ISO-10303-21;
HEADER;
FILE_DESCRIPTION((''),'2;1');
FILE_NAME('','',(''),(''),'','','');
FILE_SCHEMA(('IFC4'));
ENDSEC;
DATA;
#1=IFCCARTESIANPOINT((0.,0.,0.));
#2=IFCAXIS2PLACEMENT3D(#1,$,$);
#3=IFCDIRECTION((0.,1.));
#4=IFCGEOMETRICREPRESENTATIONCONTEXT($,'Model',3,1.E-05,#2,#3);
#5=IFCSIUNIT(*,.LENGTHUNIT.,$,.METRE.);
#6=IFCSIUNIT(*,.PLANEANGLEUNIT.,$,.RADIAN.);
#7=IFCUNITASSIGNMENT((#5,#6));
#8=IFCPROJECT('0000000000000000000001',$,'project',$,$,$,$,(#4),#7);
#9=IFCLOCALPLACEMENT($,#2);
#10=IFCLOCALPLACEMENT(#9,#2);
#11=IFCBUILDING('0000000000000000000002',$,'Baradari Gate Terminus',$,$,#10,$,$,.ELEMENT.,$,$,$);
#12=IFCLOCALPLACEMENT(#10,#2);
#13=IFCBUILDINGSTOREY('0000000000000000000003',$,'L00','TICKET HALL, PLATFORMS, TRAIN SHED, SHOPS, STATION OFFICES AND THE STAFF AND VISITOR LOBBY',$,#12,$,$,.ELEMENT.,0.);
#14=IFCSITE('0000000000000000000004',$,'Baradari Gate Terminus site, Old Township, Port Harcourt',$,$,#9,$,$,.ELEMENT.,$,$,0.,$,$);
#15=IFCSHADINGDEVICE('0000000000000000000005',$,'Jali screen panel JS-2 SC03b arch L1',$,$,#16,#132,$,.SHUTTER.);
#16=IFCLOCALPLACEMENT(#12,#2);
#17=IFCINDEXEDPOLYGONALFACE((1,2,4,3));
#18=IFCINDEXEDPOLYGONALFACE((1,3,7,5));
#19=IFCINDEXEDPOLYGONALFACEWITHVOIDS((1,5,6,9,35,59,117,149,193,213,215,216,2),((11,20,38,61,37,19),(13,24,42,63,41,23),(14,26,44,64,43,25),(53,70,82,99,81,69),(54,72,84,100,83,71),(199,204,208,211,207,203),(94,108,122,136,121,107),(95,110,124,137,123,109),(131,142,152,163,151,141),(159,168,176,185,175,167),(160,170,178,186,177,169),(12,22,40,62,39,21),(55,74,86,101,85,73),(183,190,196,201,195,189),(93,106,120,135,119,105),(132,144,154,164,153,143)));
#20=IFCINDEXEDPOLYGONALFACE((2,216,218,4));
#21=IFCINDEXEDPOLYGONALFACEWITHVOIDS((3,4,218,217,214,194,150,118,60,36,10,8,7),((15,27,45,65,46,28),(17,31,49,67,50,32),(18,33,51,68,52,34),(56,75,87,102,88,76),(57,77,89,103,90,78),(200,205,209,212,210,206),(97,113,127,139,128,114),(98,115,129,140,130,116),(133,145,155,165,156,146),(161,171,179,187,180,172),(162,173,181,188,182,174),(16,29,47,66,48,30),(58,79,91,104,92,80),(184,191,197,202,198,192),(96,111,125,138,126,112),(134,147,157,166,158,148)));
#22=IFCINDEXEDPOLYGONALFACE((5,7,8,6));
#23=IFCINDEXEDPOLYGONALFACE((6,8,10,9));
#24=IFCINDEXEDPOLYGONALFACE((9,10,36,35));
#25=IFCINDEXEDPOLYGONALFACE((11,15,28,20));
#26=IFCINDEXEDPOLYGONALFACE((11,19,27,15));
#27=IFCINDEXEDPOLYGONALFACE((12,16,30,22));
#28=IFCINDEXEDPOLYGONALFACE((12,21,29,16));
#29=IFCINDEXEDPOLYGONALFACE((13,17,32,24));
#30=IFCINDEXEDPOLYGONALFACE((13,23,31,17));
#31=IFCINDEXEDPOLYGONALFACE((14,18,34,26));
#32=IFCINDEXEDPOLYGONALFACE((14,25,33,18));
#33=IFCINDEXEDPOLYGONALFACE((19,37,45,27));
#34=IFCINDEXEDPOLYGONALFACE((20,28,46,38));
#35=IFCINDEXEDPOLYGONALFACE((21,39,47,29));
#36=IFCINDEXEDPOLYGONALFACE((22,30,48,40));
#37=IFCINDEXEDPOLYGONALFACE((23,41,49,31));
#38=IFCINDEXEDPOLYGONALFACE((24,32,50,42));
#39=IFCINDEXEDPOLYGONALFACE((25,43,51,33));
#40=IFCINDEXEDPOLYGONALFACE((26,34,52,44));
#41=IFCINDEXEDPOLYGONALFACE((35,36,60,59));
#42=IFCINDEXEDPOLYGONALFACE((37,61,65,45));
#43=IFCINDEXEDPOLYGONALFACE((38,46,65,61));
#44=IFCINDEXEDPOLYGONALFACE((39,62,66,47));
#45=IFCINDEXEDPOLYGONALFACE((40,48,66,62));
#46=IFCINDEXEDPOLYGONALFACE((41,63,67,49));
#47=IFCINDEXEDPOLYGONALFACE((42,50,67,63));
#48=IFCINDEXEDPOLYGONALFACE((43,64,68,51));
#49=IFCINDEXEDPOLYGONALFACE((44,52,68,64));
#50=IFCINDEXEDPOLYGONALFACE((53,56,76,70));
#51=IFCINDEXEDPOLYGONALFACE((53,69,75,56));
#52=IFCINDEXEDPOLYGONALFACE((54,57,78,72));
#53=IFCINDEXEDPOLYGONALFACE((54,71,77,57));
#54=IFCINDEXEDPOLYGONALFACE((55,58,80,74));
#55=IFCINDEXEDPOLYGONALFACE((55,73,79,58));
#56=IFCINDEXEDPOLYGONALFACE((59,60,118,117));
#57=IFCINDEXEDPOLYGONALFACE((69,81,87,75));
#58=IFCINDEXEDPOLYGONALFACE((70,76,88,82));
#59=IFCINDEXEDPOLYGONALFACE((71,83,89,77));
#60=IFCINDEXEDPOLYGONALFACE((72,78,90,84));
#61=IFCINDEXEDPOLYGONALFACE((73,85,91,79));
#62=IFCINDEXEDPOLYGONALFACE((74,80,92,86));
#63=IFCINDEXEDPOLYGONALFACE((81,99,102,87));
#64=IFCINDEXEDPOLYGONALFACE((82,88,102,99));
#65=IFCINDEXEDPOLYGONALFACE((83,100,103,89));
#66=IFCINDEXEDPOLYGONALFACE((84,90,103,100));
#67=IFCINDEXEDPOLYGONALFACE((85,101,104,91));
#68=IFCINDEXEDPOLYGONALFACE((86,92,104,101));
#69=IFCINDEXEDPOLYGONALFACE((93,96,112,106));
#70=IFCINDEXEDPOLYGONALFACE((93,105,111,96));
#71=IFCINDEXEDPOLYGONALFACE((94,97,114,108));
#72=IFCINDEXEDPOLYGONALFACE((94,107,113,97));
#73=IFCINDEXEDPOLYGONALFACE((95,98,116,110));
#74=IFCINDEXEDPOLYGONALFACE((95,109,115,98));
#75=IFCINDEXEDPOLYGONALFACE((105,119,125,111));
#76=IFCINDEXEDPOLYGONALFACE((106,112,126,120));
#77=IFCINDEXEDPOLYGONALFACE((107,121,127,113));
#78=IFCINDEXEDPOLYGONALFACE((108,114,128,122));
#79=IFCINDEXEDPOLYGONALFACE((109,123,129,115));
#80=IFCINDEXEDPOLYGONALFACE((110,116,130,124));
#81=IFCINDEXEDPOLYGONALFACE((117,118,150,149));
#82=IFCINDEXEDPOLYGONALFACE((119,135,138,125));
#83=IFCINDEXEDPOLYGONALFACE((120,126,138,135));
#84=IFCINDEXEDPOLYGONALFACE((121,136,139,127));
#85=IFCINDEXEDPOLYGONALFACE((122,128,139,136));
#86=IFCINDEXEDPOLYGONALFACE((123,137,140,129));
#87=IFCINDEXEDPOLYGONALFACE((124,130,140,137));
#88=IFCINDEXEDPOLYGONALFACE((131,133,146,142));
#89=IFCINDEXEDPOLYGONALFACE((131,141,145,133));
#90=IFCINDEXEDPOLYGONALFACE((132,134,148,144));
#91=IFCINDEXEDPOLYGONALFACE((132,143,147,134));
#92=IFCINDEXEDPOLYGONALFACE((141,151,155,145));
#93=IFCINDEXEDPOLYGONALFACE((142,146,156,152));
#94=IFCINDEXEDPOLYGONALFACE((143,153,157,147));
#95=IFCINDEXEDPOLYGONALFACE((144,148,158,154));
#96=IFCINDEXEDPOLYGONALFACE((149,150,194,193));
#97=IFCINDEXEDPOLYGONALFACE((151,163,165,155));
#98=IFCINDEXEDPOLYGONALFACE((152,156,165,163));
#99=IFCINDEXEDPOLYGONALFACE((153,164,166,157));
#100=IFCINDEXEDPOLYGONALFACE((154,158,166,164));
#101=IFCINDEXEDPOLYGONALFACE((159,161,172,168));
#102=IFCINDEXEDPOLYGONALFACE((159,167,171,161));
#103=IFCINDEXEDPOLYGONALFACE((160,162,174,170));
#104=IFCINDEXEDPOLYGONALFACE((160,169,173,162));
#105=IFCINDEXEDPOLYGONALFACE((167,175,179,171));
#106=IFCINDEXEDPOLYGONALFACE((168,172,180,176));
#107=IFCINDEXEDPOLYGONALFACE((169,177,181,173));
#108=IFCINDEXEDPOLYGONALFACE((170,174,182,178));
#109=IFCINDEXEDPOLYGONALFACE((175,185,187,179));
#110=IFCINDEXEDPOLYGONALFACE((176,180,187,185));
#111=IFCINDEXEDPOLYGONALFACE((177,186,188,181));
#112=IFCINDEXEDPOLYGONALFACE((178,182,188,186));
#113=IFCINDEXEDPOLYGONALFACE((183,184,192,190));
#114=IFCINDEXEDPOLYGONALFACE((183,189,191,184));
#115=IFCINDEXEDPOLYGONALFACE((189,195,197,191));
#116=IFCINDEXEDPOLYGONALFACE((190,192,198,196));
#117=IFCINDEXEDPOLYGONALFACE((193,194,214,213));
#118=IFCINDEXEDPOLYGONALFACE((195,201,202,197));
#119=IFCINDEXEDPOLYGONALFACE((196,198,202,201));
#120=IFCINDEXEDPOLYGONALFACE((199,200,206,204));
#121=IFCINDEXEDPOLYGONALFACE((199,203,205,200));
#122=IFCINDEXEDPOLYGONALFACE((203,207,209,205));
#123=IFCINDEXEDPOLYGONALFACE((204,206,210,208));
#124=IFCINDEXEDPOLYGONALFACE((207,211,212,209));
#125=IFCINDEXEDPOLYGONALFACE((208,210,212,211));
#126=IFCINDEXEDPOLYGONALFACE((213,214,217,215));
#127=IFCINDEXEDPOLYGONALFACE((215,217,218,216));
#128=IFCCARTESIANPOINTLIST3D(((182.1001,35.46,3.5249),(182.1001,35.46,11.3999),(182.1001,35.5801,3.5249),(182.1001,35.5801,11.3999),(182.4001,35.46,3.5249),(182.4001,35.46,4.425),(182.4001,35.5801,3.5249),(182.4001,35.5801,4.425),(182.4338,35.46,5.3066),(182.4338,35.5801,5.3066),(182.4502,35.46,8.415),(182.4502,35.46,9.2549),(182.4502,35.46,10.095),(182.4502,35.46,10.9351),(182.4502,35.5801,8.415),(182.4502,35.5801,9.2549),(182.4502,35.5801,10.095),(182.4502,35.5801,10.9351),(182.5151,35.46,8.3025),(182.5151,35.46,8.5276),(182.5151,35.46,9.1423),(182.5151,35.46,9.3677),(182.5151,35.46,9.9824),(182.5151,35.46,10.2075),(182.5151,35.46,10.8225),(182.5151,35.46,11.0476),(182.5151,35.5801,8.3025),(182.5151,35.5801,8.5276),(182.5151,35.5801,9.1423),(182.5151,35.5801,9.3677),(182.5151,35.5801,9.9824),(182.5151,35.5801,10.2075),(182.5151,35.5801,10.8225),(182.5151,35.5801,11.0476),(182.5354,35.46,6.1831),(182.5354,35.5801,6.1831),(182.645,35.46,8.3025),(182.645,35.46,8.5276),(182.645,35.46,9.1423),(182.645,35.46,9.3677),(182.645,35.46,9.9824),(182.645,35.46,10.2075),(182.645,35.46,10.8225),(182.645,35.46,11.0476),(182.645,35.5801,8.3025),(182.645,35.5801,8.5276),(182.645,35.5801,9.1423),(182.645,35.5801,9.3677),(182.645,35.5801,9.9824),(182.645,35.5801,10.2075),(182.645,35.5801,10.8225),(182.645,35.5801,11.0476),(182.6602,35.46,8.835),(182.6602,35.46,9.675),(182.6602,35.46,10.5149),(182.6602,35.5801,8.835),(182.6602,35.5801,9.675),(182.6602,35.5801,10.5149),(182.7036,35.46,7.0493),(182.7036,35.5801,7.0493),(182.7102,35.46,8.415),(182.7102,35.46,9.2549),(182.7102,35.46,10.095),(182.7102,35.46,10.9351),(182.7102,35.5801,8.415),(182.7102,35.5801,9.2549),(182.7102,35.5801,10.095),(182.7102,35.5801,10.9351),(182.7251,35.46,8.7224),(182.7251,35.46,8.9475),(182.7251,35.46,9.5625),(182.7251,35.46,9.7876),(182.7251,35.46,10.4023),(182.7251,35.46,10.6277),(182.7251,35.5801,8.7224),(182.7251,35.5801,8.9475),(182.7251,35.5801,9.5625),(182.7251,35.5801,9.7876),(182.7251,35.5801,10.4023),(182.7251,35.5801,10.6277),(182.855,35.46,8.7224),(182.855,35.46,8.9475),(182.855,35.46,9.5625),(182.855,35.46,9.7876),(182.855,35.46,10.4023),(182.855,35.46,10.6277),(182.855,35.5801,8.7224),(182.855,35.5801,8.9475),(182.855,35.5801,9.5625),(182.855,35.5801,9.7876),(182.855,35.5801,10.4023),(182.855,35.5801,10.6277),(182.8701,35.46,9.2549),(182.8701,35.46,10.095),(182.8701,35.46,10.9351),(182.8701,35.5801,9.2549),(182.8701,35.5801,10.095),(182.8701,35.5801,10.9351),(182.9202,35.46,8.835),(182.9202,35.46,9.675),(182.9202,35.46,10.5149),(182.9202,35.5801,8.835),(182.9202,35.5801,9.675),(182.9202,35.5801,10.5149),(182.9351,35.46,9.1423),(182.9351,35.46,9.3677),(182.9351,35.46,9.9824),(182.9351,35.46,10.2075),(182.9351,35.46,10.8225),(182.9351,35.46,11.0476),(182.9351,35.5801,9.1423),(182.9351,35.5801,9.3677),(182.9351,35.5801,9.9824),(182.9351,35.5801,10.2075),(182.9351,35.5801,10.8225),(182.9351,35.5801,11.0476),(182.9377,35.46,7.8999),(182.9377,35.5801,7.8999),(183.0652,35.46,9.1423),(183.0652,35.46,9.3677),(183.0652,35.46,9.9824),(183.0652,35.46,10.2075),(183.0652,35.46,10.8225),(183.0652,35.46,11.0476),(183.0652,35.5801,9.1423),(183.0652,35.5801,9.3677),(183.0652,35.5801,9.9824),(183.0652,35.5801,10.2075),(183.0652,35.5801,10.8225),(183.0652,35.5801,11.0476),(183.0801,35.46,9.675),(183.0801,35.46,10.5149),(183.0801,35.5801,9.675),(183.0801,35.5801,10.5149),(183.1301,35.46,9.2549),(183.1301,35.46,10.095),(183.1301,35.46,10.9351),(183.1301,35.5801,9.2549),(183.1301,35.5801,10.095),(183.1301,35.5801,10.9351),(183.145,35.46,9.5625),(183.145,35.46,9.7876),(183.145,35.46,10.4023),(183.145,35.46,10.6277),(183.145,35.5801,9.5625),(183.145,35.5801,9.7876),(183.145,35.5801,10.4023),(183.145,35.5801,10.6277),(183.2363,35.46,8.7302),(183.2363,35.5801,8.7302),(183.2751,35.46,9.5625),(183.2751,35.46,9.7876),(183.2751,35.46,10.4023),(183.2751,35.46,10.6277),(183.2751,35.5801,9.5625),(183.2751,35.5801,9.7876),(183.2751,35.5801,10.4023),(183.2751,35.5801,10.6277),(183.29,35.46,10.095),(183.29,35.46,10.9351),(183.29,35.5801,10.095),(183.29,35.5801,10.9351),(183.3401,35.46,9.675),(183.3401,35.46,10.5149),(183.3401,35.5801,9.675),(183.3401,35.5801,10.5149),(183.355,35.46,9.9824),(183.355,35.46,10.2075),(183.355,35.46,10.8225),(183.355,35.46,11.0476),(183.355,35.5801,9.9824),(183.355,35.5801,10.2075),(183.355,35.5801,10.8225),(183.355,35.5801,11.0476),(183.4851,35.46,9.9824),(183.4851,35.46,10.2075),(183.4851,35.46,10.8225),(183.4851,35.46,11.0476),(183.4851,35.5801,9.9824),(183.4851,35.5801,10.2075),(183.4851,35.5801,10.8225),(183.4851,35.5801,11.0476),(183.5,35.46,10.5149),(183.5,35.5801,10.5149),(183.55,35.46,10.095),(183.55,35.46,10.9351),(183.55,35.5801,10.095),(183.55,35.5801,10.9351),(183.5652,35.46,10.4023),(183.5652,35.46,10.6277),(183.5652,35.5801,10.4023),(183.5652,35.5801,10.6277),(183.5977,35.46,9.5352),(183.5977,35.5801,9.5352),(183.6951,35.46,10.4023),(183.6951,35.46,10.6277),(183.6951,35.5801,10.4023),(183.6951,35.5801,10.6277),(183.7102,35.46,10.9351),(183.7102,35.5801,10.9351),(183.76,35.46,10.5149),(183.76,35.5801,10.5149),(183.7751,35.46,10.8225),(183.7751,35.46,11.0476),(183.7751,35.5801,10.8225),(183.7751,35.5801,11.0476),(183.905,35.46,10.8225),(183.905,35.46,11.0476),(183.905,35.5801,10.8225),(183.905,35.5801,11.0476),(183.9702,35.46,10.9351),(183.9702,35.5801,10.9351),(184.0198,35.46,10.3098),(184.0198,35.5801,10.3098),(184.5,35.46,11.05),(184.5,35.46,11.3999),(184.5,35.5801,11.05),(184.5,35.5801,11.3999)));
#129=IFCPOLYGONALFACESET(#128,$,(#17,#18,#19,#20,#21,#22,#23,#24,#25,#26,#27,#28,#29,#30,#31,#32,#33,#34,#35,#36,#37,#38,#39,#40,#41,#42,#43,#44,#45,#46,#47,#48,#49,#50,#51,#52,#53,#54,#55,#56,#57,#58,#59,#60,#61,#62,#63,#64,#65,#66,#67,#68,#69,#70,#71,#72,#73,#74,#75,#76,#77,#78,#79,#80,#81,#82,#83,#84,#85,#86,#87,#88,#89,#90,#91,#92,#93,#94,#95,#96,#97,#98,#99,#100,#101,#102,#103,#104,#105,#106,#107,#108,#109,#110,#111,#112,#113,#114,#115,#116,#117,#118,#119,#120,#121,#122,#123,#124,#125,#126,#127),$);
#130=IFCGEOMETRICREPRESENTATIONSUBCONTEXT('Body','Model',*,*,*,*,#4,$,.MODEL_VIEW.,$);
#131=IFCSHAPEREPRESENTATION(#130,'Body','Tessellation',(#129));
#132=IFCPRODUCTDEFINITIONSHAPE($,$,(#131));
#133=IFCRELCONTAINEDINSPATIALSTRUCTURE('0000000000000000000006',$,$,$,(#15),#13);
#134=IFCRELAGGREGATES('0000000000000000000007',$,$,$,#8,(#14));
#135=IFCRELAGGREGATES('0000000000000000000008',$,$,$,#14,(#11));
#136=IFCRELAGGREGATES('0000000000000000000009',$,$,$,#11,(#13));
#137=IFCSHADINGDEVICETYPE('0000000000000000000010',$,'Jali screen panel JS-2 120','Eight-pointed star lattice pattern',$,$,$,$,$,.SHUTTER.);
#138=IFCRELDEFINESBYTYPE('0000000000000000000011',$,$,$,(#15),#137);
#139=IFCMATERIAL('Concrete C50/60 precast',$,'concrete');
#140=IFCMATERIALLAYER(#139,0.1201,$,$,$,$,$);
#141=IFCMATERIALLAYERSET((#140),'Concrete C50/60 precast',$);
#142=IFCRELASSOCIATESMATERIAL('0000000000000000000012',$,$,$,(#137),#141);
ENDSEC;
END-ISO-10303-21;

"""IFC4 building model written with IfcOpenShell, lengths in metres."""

from ifc_helpers import new_model, si_unit, direction, frame, origin, place, context, subcontext, project, spatial, polyline, outline, extrude, material, layer, layer_set, type_object, element, save


model = new_model("IFC4")

# Units and contexts
model_context = context("Model", 3, precision=1e-05, world=origin(), true_north=direction((0.0, 1.0)))
body_context = subcontext(model_context, "Body", "Model", "MODEL_VIEW")
ifc_project = project(units=[si_unit("LENGTHUNIT", "METRE"), si_unit("PLANEANGLEUNIT", "RADIAN")], contexts=[model_context])

# Site, building, storey
site_placement = place(None, origin())
site = spatial("IfcSite", under=ifc_project, at=site_placement, Name="Baradari Gate Terminus site, Old Township, Port Harcourt", CompositionType="ELEMENT", RefElevation=0.0)
building_placement = place(site_placement, origin())
building = spatial("IfcBuilding", under=site, at=building_placement, Name="Baradari Gate Terminus", CompositionType="ELEMENT")
storey_placement = place(building_placement, origin())
storey = spatial("IfcBuildingStorey", under=building, at=storey_placement, Name="L00", Description="TICKET HALL, PLATFORMS, TRAIN SHED, SHOPS, STATION OFFICES AND THE STAFF AND VISITOR LOBBY", CompositionType="ELEMENT", Elevation=0.0)

# Shading device
ifc_material_1 = material(Name="Concrete C50/60 precast", Category="concrete")
ifc_layer_1 = layer(ifc_material_1, 0.1201)
ifc_layer_set_1 = layer_set([ifc_layer_1], Name="Concrete C50/60 precast")
shading_device_type = type_object("IfcShadingDeviceType", Name="Jali screen panel JS-2 120", Description="Eight-pointed star lattice pattern", PredefinedType="SHUTTER", material=ifc_layer_set_1)
shading_device_1_placement = place(storey_placement, frame((182.1001, 35.52, 3.5249), z_axis=(0.0, 0.0, 1.0), x_axis=(1.0, 0.0, 0.0)))
element("IfcShadingDevice", 1, at=shading_device_1_placement, inside=storey, type_object=shading_device_type, Name="Jali screen panel JS-2 SC03b arch L1", PredefinedType="SHUTTER", context=body_context, shape_type="SweptSolid", body=[
    extrude(outline(polyline([(0.0, 0.0), (0.3, 0.0), (0.3, 0.9001), (0.3337, 1.7817), (0.4353, 2.6582), (0.6035, 3.5244), (0.8376, 4.375), (1.1362, 5.2053), (1.4976, 6.0103), (1.9197, 6.7849), (2.3999, 7.5251), (2.3999, 7.875), (0.0, 7.875), (0.0, 0.0)]), holes=[polyline([(0.6101, 4.8901), (0.5449, 4.7776), (0.415, 4.7776), (0.3501, 4.8901), (0.415, 5.0027), (0.5449, 5.0027), (0.6101, 4.8901)]), polyline([(0.8201, 5.3101), (0.7549, 5.1975), (0.625, 5.1975), (0.5601, 5.3101), (0.625, 5.4226), (0.7549, 5.4226), (0.8201, 5.3101)]), polyline([(0.6101, 5.73), (0.5449, 5.6174), (0.415, 5.6174), (0.3501, 5.73), (0.415, 5.8428), (0.5449, 5.8428), (0.6101, 5.73)]), polyline([(1.03, 5.73), (0.9651, 5.6174), (0.835, 5.6174), (0.77, 5.73), (0.835, 5.8428), (0.9651, 5.8428), (1.03, 5.73)]), polyline([(0.8201, 6.1501), (0.7549, 6.0376), (0.625, 6.0376), (0.5601, 6.1501), (0.625, 6.2627), (0.7549, 6.2627), (0.8201, 6.1501)]), polyline([(1.24, 6.1501), (1.175, 6.0376), (1.0449, 6.0376), (0.98, 6.1501), (1.0449, 6.2627), (1.175, 6.2627), (1.24, 6.1501)]), polyline([(0.6101, 6.5701), (0.5449, 6.4575), (0.415, 6.4575), (0.3501, 6.5701), (0.415, 6.6826), (0.5449, 6.6826), (0.6101, 6.5701)]), polyline([(1.03, 6.5701), (0.9651, 6.4575), (0.835, 6.4575), (0.77, 6.5701), (0.835, 6.6826), (0.9651, 6.6826), (1.03, 6.5701)]), polyline([(1.45, 6.5701), (1.385, 6.4575), (1.2549, 6.4575), (1.1899, 6.5701), (1.2549, 6.6826), (1.385, 6.6826), (1.45, 6.5701)]), polyline([(0.8201, 6.99), (0.7549, 6.8774), (0.625, 6.8774), (0.5601, 6.99), (0.625, 7.1028), (0.7549, 7.1028), (0.8201, 6.99)]), polyline([(1.24, 6.99), (1.175, 6.8774), (1.0449, 6.8774), (0.98, 6.99), (1.0449, 7.1028), (1.175, 7.1028), (1.24, 6.99)]), polyline([(1.6599, 6.99), (1.595, 6.8774), (1.4651, 6.8774), (1.3999, 6.99), (1.4651, 7.1028), (1.595, 7.1028), (1.6599, 6.99)]), polyline([(0.6101, 7.4102), (0.5449, 7.2976), (0.415, 7.2976), (0.3501, 7.4102), (0.415, 7.5227), (0.5449, 7.5227), (0.6101, 7.4102)]), polyline([(1.03, 7.4102), (0.9651, 7.2976), (0.835, 7.2976), (0.77, 7.4102), (0.835, 7.5227), (0.9651, 7.5227), (1.03, 7.4102)]), polyline([(1.45, 7.4102), (1.385, 7.2976), (1.2549, 7.2976), (1.1899, 7.4102), (1.2549, 7.5227), (1.385, 7.5227), (1.45, 7.4102)]), polyline([(1.8701, 7.4102), (1.8049, 7.2976), (1.675, 7.2976), (1.6101, 7.4102), (1.675, 7.5227), (1.8049, 7.5227), (1.8701, 7.4102)])]), frame((0.0, 0.0601, 0.0), z_axis=(0.0, -1.0, 0.0), x_axis=(1.0, 0.0, 0.0)), (0.0, 0.0, 1.0), 0.1201),
])

save(model, "model.ifc")
